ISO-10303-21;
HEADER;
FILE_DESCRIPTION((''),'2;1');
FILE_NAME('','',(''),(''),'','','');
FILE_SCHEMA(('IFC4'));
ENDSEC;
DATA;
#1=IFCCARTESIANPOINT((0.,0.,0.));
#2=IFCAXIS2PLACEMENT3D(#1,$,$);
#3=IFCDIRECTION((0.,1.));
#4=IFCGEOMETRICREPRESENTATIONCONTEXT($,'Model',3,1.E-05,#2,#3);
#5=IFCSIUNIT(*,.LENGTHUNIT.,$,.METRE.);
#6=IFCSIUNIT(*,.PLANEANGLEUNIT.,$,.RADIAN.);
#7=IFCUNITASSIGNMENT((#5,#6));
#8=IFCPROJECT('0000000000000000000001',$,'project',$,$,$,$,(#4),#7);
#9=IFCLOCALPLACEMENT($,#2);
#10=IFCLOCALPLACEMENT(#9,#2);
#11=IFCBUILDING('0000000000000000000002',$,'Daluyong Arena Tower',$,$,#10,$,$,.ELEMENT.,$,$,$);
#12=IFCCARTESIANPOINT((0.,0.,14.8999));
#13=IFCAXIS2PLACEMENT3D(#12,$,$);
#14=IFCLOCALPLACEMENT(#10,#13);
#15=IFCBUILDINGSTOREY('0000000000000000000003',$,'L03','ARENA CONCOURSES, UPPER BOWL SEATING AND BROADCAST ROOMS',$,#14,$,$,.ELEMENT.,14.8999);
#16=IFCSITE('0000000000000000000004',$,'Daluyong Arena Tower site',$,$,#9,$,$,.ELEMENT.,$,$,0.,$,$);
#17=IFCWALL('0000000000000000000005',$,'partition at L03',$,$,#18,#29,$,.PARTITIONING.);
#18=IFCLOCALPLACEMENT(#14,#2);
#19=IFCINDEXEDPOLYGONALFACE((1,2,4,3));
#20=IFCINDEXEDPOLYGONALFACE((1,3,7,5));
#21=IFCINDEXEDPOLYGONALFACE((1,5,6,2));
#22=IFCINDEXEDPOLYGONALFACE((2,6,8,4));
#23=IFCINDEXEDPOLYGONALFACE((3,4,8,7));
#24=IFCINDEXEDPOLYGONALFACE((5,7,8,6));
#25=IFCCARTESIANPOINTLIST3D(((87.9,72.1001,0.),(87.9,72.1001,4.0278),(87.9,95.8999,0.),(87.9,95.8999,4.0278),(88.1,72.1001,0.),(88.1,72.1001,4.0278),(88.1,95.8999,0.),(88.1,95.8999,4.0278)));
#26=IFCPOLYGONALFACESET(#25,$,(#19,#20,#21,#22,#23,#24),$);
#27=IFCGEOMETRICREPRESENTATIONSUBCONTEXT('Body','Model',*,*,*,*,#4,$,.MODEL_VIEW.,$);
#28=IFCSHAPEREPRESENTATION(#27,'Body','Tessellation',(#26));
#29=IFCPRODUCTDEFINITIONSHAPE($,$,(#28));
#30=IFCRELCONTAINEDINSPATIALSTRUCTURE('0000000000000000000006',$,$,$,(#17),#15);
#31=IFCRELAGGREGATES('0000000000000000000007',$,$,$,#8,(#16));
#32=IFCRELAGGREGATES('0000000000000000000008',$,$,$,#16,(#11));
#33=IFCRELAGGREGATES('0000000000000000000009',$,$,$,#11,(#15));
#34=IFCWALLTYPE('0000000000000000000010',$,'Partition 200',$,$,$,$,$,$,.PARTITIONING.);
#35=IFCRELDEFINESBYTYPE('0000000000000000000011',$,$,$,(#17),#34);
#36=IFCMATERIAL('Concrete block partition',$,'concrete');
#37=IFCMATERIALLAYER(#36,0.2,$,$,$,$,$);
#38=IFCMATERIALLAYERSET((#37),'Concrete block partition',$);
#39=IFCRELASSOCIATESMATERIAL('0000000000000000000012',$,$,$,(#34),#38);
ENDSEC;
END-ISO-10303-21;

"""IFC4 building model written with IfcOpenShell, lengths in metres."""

from ifc_helpers import new_model, si_unit, direction, frame, frame_2d, origin, place, context, subcontext, project, spatial, rectangle, extrude, material, layer, layer_set, type_object, element, save


model = new_model("IFC4")

# Units and contexts
model_context = context("Model", 3, precision=1e-05, world=origin(), true_north=direction((0.0, 1.0)))
body_context = subcontext(model_context, "Body", "Model", "MODEL_VIEW")
ifc_project = project(units=[si_unit("LENGTHUNIT", "METRE"), si_unit("PLANEANGLEUNIT", "RADIAN")], contexts=[model_context])

# Site, building, storey
site_placement = place(None, origin())
site = spatial("IfcSite", under=ifc_project, at=site_placement, Name="Daluyong Arena Tower site", CompositionType="ELEMENT", RefElevation=0.0)
building_placement = place(site_placement, origin())
building = spatial("IfcBuilding", under=site, at=building_placement, Name="Daluyong Arena Tower", CompositionType="ELEMENT")
storey_placement = place(building_placement, frame((0.0, 0.0, 14.8999)))
storey = spatial("IfcBuildingStorey", under=building, at=storey_placement, Name="L03", Description="ARENA CONCOURSES, UPPER BOWL SEATING AND BROADCAST ROOMS", CompositionType="ELEMENT", Elevation=14.8999)

# Wall
ifc_material_1 = material(Name="Concrete block partition", Category="concrete")
ifc_layer = layer(ifc_material_1, 0.2)
ifc_layer_set = layer_set([ifc_layer], Name="Concrete block partition")
wall_type = type_object("IfcWallType", Name="Partition 200", PredefinedType="PARTITIONING", material=ifc_layer_set)
wall_placement = place(storey_placement, frame((88.0, 72.1001, 0.0), z_axis=(0.0, 0.0, 1.0), x_axis=(0.0, 1.0, 0.0)))
element("IfcWall", 1, at=wall_placement, inside=storey, type_object=wall_type, Name="partition at L03", PredefinedType="PARTITIONING", context=body_context, shape_type="SweptSolid", body=[
    extrude(rectangle(XDim=23.7998, YDim=0.2, at=frame_2d((11.8999, 0.0))), origin(), (0.0, 0.0, 1.0), 4.0278),
])

save(model, "model.ifc")
